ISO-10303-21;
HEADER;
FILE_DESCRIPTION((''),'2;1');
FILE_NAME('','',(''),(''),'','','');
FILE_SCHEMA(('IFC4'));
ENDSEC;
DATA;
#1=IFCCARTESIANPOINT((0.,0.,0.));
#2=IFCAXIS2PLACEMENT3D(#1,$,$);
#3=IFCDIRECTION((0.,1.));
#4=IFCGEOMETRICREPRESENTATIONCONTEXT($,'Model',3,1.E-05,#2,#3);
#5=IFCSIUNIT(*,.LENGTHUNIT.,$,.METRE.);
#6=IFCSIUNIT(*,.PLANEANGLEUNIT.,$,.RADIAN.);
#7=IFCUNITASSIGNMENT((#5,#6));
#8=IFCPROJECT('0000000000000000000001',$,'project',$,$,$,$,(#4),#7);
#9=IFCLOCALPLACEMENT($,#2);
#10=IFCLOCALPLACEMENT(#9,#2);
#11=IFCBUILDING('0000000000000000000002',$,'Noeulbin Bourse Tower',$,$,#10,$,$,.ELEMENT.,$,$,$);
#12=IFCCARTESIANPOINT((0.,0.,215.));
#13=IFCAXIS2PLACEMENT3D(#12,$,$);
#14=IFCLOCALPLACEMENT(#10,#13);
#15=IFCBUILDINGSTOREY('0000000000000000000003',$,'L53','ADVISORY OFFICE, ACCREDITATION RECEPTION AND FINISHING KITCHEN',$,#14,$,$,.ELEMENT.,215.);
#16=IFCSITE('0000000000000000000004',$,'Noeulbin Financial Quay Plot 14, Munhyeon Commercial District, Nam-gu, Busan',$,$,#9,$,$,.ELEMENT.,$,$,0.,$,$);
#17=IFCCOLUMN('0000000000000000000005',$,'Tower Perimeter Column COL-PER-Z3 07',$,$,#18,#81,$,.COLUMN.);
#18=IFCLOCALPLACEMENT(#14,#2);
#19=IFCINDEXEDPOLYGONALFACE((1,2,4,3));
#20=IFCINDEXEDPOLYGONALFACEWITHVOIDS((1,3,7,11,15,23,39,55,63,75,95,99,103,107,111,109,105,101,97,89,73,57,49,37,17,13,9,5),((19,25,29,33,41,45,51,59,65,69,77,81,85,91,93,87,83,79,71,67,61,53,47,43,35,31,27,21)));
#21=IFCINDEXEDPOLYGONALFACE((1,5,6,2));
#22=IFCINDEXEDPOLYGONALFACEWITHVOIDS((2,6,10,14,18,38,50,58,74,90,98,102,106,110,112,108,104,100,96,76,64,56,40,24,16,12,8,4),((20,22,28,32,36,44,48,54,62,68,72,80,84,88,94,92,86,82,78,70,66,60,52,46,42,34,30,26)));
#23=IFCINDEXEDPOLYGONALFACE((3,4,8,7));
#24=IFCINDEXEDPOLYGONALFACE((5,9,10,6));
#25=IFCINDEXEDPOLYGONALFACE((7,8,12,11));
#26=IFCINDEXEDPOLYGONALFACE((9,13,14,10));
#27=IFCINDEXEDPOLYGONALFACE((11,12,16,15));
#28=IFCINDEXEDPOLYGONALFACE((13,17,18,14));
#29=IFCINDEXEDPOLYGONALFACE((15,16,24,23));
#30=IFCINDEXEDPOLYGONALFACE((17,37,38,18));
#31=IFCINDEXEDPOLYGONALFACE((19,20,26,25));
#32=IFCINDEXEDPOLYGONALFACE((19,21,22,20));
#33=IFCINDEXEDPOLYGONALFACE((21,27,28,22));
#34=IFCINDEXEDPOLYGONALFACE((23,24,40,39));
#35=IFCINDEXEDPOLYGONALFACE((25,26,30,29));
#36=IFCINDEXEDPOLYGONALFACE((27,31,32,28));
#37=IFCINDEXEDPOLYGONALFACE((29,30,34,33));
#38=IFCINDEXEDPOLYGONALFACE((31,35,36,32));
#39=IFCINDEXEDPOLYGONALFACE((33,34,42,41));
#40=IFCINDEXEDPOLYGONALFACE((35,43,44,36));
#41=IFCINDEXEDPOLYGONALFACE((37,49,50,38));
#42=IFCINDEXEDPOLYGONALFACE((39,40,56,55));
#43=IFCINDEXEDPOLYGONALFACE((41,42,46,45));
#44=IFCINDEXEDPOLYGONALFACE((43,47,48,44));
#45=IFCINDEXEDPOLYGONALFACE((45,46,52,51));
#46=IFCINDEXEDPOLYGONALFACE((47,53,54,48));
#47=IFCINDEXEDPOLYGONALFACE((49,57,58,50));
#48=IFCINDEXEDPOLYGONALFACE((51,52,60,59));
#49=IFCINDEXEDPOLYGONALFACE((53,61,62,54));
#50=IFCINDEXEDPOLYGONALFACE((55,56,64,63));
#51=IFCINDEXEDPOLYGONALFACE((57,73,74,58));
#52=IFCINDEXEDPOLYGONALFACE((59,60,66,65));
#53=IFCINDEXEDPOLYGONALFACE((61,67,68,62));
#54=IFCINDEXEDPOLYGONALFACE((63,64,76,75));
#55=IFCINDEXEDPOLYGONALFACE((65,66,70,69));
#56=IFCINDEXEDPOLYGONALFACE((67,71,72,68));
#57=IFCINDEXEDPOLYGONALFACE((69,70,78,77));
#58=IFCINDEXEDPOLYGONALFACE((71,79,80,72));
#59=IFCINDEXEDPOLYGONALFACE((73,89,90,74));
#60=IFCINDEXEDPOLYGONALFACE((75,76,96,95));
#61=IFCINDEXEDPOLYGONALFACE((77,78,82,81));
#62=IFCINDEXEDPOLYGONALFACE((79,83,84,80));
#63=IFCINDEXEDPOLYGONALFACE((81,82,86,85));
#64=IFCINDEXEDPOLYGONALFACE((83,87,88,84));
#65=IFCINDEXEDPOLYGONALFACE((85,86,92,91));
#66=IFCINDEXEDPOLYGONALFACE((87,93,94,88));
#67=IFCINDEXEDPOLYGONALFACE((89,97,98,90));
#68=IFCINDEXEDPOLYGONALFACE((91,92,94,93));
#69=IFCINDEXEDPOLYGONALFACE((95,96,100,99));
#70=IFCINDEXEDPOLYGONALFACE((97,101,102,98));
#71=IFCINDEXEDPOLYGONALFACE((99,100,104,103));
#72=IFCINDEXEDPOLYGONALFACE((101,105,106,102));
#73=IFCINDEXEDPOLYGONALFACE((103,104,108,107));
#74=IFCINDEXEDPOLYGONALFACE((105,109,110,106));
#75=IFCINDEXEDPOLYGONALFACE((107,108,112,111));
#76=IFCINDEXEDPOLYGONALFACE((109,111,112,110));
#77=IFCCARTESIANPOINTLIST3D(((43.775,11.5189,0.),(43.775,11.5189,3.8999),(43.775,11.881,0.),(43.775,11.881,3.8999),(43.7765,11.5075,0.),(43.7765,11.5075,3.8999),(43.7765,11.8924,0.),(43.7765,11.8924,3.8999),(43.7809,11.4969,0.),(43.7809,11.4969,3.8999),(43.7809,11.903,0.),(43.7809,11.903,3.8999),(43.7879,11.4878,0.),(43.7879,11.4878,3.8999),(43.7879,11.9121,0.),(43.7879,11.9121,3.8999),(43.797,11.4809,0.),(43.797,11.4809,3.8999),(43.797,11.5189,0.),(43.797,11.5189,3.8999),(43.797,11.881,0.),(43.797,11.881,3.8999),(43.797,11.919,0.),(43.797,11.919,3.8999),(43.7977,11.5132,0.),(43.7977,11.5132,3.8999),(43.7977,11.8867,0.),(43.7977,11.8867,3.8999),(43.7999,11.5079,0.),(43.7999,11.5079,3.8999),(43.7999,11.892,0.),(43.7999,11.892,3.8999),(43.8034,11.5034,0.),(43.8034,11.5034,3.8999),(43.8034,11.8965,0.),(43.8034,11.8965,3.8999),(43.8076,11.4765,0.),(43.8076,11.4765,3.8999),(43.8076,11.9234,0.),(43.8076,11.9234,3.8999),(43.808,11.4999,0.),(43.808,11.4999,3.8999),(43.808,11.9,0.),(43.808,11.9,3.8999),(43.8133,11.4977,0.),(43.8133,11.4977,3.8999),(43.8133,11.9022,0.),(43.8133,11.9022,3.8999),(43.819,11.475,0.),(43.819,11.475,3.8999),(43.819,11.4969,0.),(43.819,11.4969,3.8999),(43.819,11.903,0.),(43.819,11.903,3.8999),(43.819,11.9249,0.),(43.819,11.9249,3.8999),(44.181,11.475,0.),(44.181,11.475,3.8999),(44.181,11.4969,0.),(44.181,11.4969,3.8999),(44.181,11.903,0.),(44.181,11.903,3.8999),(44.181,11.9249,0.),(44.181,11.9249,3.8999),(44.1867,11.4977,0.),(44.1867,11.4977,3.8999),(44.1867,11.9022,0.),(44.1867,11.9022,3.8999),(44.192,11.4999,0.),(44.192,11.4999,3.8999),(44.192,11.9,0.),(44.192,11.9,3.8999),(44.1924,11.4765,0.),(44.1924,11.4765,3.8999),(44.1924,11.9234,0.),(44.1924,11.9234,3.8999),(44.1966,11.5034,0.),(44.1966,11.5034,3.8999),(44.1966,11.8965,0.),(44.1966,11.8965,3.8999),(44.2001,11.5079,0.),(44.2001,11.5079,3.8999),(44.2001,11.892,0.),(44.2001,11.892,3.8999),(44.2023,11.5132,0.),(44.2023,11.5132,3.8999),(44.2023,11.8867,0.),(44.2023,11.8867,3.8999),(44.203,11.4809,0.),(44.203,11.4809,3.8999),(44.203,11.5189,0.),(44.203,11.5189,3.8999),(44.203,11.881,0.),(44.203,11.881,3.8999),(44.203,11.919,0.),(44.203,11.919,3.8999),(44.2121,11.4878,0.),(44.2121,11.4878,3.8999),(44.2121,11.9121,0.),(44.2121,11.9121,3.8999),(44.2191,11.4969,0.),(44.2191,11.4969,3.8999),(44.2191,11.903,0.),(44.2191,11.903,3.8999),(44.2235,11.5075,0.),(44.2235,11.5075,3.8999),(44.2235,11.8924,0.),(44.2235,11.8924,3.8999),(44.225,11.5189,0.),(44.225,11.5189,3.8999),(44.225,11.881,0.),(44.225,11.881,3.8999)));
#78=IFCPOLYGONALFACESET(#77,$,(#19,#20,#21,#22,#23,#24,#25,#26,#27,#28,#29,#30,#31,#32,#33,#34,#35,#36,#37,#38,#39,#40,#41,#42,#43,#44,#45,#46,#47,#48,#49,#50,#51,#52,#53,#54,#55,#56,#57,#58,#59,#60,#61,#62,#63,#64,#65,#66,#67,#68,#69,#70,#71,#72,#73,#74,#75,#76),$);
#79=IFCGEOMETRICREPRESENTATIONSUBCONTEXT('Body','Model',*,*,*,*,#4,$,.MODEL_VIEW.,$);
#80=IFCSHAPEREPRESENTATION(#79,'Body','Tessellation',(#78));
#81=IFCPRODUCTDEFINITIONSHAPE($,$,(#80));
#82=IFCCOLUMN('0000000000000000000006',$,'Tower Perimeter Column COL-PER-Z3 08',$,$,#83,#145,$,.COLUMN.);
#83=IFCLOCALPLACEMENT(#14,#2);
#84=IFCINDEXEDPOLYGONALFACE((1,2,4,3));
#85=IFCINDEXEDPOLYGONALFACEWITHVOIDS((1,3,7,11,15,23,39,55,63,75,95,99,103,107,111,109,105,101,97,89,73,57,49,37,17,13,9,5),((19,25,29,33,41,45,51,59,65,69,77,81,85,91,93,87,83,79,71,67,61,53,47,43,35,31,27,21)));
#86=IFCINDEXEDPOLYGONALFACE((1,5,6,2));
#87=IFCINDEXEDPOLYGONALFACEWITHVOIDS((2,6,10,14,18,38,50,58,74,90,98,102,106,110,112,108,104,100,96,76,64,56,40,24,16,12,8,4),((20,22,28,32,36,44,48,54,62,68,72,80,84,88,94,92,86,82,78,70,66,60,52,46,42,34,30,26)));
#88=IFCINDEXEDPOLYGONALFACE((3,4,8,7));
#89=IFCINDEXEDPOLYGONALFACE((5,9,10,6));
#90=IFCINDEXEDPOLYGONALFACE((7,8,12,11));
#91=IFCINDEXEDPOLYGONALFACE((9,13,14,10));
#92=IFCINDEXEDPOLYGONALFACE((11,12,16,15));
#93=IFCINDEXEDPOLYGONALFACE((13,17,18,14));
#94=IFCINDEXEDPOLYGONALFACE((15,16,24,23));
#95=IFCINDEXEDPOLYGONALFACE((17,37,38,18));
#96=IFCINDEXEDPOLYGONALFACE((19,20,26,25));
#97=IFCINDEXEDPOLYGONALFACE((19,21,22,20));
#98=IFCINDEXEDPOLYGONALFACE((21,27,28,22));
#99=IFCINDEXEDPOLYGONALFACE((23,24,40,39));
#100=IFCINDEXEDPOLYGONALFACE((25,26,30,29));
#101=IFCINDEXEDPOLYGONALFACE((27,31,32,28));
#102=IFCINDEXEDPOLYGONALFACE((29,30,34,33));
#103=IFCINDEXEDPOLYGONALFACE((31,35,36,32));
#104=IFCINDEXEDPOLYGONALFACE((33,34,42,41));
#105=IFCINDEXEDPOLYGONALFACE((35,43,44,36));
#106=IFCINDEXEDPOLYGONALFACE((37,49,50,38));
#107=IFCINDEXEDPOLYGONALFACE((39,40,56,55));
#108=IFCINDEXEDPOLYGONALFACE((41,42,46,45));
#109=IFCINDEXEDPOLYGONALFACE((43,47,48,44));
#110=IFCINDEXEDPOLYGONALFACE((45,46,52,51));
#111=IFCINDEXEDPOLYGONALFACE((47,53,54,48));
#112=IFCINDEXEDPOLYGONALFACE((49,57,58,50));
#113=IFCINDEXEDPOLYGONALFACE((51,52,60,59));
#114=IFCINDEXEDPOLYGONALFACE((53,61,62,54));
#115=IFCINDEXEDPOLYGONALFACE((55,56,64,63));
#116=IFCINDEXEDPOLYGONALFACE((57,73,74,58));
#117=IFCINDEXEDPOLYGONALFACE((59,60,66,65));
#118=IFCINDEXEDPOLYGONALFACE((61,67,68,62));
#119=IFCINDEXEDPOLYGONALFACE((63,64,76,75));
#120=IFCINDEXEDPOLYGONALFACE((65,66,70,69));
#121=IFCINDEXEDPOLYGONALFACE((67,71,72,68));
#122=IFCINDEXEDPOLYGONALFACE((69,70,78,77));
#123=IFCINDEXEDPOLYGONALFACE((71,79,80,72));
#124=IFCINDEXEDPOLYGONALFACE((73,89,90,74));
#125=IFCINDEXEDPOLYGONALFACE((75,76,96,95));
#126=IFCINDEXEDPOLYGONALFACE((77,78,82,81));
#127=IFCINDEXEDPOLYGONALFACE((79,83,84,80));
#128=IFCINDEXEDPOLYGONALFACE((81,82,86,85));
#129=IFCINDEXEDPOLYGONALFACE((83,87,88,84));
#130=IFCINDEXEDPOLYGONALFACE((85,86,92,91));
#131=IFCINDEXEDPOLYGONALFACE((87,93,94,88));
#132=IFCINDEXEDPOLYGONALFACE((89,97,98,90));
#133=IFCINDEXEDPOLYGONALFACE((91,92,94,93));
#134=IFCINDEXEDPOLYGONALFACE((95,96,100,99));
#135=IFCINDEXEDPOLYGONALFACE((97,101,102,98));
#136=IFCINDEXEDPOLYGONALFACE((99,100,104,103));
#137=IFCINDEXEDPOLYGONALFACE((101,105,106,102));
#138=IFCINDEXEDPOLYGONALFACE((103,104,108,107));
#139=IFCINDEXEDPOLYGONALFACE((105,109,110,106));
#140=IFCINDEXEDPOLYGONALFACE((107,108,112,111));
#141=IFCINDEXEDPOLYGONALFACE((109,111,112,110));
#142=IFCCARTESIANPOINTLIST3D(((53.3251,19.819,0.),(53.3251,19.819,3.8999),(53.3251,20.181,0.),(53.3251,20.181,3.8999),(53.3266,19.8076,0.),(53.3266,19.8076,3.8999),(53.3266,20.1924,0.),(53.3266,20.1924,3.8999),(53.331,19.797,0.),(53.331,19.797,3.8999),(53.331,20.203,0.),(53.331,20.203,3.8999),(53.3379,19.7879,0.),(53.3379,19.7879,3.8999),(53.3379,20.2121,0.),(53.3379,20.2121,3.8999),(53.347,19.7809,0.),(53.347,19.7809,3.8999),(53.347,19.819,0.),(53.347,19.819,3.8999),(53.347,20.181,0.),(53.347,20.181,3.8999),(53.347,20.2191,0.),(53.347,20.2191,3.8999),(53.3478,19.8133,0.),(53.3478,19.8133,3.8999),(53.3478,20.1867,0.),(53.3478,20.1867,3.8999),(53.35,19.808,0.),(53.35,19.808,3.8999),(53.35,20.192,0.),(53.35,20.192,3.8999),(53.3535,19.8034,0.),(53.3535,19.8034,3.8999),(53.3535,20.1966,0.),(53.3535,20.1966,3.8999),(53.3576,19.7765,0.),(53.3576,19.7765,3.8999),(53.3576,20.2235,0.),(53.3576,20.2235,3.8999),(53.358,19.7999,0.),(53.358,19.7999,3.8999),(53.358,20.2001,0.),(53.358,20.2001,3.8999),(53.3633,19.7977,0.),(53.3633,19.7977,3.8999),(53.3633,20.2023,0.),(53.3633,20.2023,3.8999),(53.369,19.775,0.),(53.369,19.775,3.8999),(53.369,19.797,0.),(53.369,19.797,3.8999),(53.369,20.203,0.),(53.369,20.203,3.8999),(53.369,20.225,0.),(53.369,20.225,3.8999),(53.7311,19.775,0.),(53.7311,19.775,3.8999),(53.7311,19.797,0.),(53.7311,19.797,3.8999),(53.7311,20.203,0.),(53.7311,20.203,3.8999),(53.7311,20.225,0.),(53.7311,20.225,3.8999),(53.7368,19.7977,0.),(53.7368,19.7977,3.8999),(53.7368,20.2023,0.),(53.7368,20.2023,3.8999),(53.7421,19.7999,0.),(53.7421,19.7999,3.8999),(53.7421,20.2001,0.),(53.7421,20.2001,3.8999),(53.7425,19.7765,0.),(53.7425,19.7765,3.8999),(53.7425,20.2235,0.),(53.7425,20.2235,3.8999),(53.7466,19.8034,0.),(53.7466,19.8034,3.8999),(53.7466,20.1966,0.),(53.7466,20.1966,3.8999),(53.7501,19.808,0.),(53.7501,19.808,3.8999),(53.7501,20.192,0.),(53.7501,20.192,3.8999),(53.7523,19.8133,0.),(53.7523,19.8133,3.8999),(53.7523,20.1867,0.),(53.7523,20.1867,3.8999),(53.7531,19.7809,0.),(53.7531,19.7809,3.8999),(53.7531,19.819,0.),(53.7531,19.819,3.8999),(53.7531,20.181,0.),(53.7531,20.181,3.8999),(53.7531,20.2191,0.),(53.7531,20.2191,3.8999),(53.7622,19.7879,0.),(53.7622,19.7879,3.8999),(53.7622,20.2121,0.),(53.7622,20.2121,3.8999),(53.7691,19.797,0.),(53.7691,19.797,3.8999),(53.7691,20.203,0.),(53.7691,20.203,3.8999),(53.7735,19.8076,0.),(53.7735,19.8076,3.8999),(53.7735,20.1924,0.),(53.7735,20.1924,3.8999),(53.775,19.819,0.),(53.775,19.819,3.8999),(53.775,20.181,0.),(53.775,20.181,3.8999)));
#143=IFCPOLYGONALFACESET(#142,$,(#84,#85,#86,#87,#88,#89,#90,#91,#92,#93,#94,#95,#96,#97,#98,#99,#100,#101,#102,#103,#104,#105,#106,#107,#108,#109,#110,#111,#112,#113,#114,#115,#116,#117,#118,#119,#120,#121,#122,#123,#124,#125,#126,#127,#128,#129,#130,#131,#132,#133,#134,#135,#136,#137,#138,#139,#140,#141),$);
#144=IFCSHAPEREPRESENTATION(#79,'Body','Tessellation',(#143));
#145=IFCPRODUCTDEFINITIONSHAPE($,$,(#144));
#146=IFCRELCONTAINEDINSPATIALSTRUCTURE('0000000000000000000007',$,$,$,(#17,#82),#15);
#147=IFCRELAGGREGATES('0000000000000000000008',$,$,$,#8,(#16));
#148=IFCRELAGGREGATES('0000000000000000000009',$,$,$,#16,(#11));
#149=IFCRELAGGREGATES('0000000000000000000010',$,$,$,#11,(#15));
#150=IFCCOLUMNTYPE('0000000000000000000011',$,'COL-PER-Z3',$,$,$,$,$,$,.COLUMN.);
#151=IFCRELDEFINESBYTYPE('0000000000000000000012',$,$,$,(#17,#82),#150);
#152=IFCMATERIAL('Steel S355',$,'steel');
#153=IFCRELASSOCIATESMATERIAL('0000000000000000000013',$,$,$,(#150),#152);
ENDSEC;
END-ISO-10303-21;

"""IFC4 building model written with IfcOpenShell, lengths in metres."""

from ifc_helpers import new_model, si_unit, direction, frame, origin, origin_2d, place, context, subcontext, project, spatial, hollow_rectangle, extrude, material, material_profile, profile_set, type_object, element, save


model = new_model("IFC4")

# Units and contexts
model_context = context("Model", 3, precision=1e-05, world=origin(), true_north=direction((0.0, 1.0)))
body_context = subcontext(model_context, "Body", "Model", "MODEL_VIEW")
ifc_project = project(units=[si_unit("LENGTHUNIT", "METRE"), si_unit("PLANEANGLEUNIT", "RADIAN")], contexts=[model_context])

# Site, building, storey
site_placement = place(None, origin())
site = spatial("IfcSite", under=ifc_project, at=site_placement, Name="Noeulbin Financial Quay Plot 14, Munhyeon Commercial District, Nam-gu, Busan", CompositionType="ELEMENT", RefElevation=0.0)
building_placement = place(site_placement, origin())
building = spatial("IfcBuilding", under=site, at=building_placement, Name="Noeulbin Bourse Tower", CompositionType="ELEMENT")
storey_placement = place(building_placement, frame((0.0, 0.0, 215.0)))
storey = spatial("IfcBuildingStorey", under=building, at=storey_placement, Name="L53", Description="ADVISORY OFFICE, ACCREDITATION RECEPTION AND FINISHING KITCHEN", CompositionType="ELEMENT", Elevation=215.0)

# Columns
ifc_material_1 = material(Name="Steel S355", Category="steel")
ifc_material_profile_1 = material_profile(ifc_material_1, hollow_rectangle(XDim=0.45, YDim=0.45, WallThickness=0.022, InnerFilletRadius=0.022, OuterFilletRadius=0.0439, at=origin_2d()), Name="SHS-450x450x22", Category="LoadBearing")
ifc_profile_set_1 = profile_set([ifc_material_profile_1], Name="Steel S355")
column_type_1 = type_object("IfcColumnType", Name="COL-PER-Z3", PredefinedType="COLUMN", material=ifc_profile_set_1)
for number, where, z_axis, x_axis, name in (
    (1, (44.0, 11.7, 0.0), (0.0, 0.0, 1.0), (1.0, 0.0, 0.0), "Tower Perimeter Column COL-PER-Z3 07"),
    (2, (53.55, 20.0, 0.0), (0.0, 0.0, 1.0), (1.0, 0.0, 0.0), "Tower Perimeter Column COL-PER-Z3 08"),
):
    element("IfcColumn", number, at=place(storey_placement, frame(where, z_axis=z_axis, x_axis=x_axis)), inside=storey, type_object=column_type_1, Name=name, PredefinedType="COLUMN", context=body_context, shape_type="SweptSolid", body=[
        extrude(hollow_rectangle(XDim=0.45, YDim=0.45, WallThickness=0.022, InnerFilletRadius=0.022, OuterFilletRadius=0.0439, at=origin_2d()), origin(), (0.0, 0.0, 1.0), 3.8999),
    ])

save(model, "model.ifc")
